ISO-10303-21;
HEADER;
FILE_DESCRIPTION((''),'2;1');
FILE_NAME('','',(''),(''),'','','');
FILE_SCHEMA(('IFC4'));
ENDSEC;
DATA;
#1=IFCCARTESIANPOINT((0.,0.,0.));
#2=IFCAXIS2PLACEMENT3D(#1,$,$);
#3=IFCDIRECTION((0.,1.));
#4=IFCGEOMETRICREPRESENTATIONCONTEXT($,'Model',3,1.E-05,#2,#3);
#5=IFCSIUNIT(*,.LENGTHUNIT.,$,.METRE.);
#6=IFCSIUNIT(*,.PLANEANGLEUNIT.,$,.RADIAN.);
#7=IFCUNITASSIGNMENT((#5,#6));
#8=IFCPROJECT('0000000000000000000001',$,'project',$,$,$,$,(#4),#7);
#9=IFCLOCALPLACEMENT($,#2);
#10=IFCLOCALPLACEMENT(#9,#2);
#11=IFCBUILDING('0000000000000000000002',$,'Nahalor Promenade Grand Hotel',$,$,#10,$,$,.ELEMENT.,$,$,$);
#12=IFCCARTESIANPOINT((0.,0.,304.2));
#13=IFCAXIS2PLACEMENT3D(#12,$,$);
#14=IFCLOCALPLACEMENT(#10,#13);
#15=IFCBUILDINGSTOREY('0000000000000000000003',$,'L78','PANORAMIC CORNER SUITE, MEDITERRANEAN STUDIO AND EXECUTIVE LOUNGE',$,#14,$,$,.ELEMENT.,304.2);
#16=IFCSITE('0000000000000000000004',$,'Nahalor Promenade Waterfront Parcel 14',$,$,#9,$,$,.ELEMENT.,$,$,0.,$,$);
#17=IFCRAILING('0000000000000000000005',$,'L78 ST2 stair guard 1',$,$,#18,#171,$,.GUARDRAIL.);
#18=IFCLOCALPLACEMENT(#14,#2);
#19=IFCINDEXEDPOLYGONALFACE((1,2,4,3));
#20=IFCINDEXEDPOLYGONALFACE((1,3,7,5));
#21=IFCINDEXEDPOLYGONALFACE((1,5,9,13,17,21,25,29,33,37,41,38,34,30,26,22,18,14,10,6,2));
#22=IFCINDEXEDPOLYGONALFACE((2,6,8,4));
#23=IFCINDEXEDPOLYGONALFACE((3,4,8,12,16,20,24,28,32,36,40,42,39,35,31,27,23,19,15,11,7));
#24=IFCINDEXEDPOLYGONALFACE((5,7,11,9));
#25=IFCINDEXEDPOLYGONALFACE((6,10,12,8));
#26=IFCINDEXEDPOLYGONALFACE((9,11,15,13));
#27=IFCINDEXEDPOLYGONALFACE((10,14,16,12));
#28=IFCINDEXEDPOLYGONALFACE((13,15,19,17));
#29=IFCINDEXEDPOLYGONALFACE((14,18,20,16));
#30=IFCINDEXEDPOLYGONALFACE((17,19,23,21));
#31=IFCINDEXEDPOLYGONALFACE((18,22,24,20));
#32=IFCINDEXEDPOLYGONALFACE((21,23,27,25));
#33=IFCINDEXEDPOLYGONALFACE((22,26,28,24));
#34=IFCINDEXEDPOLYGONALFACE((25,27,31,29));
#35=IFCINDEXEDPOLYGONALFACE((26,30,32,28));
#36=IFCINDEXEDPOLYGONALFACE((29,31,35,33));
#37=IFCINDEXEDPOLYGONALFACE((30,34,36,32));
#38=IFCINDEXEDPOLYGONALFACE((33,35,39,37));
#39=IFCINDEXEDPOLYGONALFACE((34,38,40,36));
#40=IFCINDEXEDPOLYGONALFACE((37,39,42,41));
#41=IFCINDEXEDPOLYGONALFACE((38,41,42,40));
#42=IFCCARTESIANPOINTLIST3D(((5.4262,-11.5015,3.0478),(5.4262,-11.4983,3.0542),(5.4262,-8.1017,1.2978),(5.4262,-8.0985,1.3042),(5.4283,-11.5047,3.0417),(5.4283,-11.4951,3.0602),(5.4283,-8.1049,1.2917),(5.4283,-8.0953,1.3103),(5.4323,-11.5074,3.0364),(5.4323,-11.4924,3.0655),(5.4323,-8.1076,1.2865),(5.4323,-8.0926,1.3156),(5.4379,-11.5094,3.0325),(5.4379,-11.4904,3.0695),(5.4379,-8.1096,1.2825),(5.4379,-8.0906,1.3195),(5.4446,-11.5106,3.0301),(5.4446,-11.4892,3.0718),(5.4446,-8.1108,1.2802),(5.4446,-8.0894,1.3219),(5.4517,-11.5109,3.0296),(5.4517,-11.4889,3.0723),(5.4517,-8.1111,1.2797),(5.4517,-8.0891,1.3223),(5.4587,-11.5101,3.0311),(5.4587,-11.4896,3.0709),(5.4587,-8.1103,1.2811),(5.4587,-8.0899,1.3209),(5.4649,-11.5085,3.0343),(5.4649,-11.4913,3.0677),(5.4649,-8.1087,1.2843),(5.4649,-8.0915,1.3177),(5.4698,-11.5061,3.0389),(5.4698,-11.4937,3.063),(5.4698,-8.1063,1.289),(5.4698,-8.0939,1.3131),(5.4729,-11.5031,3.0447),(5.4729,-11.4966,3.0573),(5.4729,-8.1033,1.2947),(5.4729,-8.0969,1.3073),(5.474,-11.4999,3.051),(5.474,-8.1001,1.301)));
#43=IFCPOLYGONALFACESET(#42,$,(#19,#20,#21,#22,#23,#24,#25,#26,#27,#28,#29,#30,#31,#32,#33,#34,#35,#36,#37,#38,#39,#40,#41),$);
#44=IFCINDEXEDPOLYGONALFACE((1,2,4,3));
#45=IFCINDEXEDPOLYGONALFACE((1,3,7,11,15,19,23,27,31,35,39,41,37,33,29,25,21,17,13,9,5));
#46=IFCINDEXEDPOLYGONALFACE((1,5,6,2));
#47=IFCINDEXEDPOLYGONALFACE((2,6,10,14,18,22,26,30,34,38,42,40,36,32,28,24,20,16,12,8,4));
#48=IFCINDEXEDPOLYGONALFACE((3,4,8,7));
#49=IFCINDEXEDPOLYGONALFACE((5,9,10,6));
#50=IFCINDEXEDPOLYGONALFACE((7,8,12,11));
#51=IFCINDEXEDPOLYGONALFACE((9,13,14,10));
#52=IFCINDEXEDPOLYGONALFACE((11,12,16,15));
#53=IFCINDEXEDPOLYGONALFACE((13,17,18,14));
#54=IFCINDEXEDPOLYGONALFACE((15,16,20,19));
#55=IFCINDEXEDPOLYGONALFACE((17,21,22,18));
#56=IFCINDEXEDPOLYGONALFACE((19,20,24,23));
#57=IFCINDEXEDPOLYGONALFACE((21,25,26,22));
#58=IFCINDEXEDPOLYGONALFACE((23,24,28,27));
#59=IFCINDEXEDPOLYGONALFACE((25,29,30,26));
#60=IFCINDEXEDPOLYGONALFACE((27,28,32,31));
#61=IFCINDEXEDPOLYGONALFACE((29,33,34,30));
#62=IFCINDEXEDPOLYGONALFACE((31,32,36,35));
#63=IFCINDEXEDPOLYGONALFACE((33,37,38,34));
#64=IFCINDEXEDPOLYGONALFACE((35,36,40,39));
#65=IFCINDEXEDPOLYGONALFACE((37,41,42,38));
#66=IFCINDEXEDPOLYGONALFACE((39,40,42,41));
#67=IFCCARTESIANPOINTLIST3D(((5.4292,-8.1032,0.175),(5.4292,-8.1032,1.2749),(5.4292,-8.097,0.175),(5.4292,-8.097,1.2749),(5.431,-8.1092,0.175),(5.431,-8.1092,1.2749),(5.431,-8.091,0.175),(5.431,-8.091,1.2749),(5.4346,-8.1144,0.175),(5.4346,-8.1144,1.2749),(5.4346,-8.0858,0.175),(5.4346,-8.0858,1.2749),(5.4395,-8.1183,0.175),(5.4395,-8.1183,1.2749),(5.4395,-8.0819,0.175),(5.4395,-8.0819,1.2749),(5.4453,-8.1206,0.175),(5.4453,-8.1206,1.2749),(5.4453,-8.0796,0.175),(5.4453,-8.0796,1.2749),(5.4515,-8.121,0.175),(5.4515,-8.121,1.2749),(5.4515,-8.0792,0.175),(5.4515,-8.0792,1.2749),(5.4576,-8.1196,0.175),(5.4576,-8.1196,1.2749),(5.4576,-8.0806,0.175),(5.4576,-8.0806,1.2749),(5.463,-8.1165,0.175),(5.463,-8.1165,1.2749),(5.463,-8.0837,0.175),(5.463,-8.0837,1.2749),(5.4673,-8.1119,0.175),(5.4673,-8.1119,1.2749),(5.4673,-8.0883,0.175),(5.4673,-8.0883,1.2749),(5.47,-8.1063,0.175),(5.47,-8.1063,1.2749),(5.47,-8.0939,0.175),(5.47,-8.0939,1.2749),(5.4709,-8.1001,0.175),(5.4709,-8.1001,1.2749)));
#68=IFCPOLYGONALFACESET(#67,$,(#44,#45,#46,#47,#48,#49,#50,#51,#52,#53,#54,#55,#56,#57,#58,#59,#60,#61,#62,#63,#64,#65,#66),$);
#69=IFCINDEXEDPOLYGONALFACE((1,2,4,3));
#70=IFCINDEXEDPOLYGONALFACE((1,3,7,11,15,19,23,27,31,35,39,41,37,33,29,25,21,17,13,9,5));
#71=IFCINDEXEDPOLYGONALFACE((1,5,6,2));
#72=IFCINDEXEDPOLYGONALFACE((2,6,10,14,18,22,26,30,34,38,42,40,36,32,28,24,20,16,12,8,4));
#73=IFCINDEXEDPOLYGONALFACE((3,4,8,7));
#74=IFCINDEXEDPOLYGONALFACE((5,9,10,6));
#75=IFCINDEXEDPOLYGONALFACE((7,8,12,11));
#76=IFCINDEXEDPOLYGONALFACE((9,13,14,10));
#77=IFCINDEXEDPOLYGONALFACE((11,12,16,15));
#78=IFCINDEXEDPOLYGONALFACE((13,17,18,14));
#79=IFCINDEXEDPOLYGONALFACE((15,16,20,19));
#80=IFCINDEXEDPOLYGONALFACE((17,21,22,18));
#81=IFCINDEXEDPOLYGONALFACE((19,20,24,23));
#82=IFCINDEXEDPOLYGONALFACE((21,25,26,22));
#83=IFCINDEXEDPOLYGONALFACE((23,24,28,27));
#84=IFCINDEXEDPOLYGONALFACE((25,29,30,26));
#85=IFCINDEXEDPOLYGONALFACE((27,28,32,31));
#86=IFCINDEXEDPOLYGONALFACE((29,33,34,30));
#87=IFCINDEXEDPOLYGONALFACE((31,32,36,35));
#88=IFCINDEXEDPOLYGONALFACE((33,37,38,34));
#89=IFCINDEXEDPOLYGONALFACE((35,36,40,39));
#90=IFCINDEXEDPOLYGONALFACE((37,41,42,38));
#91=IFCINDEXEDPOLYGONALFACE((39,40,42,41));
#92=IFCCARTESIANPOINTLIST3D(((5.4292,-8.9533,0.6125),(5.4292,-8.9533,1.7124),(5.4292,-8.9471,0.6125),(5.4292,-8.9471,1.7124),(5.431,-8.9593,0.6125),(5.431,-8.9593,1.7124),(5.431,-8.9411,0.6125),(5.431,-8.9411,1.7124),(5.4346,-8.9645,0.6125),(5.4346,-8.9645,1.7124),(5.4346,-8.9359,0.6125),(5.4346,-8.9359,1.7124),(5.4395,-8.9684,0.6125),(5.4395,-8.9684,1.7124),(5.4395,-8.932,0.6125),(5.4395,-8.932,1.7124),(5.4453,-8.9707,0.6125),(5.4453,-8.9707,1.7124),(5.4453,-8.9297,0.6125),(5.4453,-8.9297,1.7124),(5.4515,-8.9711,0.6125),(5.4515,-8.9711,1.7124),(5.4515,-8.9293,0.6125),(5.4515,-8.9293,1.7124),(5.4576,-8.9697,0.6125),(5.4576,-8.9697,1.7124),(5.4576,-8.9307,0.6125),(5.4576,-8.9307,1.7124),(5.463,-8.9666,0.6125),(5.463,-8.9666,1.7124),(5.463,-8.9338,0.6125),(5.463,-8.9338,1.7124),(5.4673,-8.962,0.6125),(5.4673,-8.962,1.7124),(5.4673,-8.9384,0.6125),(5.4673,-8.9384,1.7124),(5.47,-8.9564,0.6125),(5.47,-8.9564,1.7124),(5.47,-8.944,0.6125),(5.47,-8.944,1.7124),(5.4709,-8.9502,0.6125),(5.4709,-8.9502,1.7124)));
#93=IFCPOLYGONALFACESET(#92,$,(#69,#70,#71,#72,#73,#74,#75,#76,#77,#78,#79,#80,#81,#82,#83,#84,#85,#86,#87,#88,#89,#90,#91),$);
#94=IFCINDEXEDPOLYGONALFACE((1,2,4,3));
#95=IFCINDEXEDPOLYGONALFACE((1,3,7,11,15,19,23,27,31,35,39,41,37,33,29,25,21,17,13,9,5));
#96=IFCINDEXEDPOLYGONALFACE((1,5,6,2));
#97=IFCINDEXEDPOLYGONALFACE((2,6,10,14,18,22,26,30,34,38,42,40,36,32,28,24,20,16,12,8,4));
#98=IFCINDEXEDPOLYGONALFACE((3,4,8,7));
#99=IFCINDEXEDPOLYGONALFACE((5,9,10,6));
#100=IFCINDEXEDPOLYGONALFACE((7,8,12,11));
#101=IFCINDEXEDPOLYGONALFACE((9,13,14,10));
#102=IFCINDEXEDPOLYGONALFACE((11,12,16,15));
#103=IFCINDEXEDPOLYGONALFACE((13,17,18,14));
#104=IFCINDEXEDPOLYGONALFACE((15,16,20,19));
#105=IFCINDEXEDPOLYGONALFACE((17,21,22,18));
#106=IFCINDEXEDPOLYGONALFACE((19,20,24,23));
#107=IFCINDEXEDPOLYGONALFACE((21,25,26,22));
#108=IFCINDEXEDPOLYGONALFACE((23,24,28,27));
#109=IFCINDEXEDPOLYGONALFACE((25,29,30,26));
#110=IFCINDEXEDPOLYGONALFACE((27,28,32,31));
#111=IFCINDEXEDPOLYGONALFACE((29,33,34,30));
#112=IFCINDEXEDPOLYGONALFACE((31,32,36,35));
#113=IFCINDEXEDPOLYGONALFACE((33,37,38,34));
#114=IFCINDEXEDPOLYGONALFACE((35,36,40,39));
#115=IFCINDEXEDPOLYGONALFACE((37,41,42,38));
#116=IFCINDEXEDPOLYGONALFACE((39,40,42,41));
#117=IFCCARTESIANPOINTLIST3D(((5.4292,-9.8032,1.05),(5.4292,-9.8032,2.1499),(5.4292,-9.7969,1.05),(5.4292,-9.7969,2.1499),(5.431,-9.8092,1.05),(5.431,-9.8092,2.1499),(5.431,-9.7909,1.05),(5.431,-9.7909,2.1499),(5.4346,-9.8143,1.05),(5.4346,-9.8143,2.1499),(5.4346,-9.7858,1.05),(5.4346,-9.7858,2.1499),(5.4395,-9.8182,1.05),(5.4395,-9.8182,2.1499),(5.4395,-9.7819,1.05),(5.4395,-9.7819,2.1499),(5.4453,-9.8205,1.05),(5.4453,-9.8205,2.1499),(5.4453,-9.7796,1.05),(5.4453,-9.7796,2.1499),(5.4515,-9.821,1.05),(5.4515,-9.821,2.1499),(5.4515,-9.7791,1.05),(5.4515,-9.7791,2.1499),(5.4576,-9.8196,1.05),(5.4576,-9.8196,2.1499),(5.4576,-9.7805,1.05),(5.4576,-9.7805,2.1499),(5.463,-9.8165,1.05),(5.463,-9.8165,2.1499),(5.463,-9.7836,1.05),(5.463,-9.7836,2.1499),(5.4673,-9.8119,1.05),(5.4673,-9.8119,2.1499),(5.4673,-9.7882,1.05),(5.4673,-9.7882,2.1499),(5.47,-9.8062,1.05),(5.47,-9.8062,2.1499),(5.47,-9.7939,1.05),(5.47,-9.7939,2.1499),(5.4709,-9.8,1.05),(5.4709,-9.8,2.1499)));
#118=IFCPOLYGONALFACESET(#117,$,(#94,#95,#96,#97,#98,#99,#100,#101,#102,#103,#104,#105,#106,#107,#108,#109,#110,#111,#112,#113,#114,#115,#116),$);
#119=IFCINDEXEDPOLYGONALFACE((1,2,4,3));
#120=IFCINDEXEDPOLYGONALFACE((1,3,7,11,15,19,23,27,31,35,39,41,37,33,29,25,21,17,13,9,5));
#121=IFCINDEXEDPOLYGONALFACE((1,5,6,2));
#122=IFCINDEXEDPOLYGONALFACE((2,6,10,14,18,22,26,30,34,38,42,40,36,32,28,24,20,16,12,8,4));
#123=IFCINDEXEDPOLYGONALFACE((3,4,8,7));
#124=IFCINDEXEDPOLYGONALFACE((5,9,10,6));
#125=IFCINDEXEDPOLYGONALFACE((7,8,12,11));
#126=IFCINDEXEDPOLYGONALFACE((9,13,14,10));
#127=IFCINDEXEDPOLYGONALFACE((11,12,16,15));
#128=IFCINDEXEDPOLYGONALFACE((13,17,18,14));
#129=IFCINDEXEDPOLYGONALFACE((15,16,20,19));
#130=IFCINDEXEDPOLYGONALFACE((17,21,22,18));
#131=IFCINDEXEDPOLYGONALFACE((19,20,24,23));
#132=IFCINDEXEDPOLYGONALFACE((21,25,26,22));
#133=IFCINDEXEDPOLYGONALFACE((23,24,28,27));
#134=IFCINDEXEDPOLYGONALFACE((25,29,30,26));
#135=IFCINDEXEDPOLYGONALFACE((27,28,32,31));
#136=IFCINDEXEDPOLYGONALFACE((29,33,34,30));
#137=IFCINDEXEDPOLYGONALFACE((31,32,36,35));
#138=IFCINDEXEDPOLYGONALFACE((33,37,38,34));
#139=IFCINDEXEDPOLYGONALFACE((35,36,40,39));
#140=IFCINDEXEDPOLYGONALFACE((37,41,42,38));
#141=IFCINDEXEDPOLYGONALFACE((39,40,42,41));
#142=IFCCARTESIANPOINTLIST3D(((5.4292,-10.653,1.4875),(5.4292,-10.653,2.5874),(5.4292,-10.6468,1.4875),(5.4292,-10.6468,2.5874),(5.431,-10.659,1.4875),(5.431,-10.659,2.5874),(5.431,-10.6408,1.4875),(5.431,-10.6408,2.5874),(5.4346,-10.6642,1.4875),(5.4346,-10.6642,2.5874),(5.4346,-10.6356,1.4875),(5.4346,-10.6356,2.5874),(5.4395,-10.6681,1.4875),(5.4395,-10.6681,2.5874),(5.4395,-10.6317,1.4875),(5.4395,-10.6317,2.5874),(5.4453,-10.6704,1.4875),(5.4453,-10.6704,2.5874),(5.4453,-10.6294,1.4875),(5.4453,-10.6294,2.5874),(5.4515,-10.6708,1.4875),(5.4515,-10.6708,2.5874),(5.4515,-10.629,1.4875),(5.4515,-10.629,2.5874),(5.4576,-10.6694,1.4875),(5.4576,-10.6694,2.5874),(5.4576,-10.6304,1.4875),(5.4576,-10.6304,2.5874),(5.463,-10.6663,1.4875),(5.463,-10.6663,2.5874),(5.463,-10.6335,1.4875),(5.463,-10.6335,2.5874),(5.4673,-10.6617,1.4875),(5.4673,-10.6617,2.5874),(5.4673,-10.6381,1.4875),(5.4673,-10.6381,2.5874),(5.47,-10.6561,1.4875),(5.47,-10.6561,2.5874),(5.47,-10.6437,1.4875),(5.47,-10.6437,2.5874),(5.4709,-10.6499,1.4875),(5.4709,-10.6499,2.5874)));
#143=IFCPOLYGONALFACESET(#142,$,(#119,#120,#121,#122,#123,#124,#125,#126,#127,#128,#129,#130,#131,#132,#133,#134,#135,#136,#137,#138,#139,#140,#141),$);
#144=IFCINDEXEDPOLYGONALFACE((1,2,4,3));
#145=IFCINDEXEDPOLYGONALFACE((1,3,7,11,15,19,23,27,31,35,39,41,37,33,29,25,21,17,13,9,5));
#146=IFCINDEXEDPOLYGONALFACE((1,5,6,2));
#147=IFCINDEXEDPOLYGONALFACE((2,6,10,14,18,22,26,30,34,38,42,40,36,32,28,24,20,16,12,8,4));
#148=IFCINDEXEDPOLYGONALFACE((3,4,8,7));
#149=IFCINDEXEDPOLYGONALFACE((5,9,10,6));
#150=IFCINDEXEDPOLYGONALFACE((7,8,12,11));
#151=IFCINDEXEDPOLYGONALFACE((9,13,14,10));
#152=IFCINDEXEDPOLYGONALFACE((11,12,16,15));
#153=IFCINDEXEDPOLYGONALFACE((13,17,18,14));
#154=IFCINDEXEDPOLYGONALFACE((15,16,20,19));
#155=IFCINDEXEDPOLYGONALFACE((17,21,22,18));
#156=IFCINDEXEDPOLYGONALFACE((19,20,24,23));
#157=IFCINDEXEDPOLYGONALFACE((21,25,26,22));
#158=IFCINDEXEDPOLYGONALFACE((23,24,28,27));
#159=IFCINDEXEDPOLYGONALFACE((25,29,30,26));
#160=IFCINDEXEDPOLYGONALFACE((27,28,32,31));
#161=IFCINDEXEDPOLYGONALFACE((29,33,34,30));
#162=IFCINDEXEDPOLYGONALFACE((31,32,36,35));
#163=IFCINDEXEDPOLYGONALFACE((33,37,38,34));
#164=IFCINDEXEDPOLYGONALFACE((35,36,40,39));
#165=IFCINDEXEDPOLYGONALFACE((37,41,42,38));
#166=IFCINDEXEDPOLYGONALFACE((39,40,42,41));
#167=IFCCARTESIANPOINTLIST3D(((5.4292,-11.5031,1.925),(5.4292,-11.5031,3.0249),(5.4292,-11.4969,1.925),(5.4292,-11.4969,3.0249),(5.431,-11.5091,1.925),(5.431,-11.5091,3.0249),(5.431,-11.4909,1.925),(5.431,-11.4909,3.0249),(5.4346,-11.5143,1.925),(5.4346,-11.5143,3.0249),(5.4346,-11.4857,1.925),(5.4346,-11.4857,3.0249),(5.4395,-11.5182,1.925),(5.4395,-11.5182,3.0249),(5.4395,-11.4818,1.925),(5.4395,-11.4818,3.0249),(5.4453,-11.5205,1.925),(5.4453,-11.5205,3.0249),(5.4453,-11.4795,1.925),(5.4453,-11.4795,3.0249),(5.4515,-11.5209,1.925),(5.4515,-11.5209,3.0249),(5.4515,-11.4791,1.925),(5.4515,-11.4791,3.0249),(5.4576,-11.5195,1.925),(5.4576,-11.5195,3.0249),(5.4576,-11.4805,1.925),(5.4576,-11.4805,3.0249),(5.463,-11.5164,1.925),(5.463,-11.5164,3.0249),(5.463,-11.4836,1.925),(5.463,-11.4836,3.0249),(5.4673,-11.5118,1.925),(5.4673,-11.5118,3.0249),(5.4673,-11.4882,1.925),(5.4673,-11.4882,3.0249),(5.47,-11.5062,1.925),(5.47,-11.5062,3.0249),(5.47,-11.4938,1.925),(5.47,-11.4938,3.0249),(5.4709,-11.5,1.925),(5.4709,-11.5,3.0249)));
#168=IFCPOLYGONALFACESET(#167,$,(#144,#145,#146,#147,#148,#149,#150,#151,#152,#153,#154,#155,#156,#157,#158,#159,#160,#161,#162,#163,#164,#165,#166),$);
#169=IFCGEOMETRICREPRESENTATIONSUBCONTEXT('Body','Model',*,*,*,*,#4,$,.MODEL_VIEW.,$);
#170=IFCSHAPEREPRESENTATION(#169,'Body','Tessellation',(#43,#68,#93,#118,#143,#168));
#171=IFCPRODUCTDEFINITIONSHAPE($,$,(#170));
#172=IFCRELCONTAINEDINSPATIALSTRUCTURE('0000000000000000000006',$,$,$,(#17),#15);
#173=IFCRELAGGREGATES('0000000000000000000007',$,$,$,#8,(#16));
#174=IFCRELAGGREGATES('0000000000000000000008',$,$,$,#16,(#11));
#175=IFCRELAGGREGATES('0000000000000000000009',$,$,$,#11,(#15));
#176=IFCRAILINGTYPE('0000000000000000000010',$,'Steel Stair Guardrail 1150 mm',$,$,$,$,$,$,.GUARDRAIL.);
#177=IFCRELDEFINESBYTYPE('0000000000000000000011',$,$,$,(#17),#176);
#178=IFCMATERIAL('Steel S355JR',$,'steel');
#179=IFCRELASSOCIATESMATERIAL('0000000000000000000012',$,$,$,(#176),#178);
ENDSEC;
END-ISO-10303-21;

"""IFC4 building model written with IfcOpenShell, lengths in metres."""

from ifc_helpers import new_model, si_unit, direction, frame, origin, origin_2d, place, context, subcontext, project, spatial, circle, extrude, material, type_object, element, save


model = new_model("IFC4")

# Units and contexts
model_context = context("Model", 3, precision=1e-05, world=origin(), true_north=direction((0.0, 1.0)))
body_context = subcontext(model_context, "Body", "Model", "MODEL_VIEW")
ifc_project = project(units=[si_unit("LENGTHUNIT", "METRE"), si_unit("PLANEANGLEUNIT", "RADIAN")], contexts=[model_context])

# Site, building, storey
site_placement = place(None, origin())
site = spatial("IfcSite", under=ifc_project, at=site_placement, Name="Nahalor Promenade Waterfront Parcel 14", CompositionType="ELEMENT", RefElevation=0.0)
building_placement = place(site_placement, origin())
building = spatial("IfcBuilding", under=site, at=building_placement, Name="Nahalor Promenade Grand Hotel", CompositionType="ELEMENT")
storey_placement = place(building_placement, frame((0.0, 0.0, 304.2)))
storey = spatial("IfcBuildingStorey", under=building, at=storey_placement, Name="L78", Description="PANORAMIC CORNER SUITE, MEDITERRANEAN STUDIO AND EXECUTIVE LOUNGE", CompositionType="ELEMENT", Elevation=304.2)

# Shared definitions
ifc_material_1 = material(Name="Steel S355JR", Category="steel")

# Railing
railing_type_1 = type_object("IfcRailingType", Name="Steel Stair Guardrail 1150 mm", PredefinedType="GUARDRAIL", material=ifc_material_1)
railing_1_placement = place(storey_placement, frame((5.45, -8.1001, 0.175)))
element("IfcRailing", 1, at=railing_1_placement, inside=storey, type_object=railing_type_1, Name="L78 ST2 stair guard 1", PredefinedType="GUARDRAIL", context=body_context, shape_type="SweptSolid", body=[
    extrude(circle(Radius=0.024, at=origin_2d()), frame((0.0, 0.0, 1.126), z_axis=(0.0, -0.88913, 0.457654), x_axis=(1.0, 0.0, 0.0)), (0.0, 0.0, 1.0), 3.8237),
    extrude(circle(Radius=0.021, at=origin_2d()), origin(), (0.0, 0.0, 1.0), 1.0999),
    extrude(circle(Radius=0.021, at=origin_2d()), frame((0.0, -0.8501, 0.4375)), (0.0, 0.0, 1.0), 1.0999),
    extrude(circle(Radius=0.021, at=origin_2d()), frame((0.0, -1.7, 0.875)), (0.0, 0.0, 1.0), 1.0999),
    extrude(circle(Radius=0.021, at=origin_2d()), frame((0.0, -2.5498, 1.3125)), (0.0, 0.0, 1.0), 1.0999),
    extrude(circle(Radius=0.021, at=origin_2d()), frame((0.0, -3.3999, 1.75)), (0.0, 0.0, 1.0), 1.0999),
])

save(model, "model.ifc")
